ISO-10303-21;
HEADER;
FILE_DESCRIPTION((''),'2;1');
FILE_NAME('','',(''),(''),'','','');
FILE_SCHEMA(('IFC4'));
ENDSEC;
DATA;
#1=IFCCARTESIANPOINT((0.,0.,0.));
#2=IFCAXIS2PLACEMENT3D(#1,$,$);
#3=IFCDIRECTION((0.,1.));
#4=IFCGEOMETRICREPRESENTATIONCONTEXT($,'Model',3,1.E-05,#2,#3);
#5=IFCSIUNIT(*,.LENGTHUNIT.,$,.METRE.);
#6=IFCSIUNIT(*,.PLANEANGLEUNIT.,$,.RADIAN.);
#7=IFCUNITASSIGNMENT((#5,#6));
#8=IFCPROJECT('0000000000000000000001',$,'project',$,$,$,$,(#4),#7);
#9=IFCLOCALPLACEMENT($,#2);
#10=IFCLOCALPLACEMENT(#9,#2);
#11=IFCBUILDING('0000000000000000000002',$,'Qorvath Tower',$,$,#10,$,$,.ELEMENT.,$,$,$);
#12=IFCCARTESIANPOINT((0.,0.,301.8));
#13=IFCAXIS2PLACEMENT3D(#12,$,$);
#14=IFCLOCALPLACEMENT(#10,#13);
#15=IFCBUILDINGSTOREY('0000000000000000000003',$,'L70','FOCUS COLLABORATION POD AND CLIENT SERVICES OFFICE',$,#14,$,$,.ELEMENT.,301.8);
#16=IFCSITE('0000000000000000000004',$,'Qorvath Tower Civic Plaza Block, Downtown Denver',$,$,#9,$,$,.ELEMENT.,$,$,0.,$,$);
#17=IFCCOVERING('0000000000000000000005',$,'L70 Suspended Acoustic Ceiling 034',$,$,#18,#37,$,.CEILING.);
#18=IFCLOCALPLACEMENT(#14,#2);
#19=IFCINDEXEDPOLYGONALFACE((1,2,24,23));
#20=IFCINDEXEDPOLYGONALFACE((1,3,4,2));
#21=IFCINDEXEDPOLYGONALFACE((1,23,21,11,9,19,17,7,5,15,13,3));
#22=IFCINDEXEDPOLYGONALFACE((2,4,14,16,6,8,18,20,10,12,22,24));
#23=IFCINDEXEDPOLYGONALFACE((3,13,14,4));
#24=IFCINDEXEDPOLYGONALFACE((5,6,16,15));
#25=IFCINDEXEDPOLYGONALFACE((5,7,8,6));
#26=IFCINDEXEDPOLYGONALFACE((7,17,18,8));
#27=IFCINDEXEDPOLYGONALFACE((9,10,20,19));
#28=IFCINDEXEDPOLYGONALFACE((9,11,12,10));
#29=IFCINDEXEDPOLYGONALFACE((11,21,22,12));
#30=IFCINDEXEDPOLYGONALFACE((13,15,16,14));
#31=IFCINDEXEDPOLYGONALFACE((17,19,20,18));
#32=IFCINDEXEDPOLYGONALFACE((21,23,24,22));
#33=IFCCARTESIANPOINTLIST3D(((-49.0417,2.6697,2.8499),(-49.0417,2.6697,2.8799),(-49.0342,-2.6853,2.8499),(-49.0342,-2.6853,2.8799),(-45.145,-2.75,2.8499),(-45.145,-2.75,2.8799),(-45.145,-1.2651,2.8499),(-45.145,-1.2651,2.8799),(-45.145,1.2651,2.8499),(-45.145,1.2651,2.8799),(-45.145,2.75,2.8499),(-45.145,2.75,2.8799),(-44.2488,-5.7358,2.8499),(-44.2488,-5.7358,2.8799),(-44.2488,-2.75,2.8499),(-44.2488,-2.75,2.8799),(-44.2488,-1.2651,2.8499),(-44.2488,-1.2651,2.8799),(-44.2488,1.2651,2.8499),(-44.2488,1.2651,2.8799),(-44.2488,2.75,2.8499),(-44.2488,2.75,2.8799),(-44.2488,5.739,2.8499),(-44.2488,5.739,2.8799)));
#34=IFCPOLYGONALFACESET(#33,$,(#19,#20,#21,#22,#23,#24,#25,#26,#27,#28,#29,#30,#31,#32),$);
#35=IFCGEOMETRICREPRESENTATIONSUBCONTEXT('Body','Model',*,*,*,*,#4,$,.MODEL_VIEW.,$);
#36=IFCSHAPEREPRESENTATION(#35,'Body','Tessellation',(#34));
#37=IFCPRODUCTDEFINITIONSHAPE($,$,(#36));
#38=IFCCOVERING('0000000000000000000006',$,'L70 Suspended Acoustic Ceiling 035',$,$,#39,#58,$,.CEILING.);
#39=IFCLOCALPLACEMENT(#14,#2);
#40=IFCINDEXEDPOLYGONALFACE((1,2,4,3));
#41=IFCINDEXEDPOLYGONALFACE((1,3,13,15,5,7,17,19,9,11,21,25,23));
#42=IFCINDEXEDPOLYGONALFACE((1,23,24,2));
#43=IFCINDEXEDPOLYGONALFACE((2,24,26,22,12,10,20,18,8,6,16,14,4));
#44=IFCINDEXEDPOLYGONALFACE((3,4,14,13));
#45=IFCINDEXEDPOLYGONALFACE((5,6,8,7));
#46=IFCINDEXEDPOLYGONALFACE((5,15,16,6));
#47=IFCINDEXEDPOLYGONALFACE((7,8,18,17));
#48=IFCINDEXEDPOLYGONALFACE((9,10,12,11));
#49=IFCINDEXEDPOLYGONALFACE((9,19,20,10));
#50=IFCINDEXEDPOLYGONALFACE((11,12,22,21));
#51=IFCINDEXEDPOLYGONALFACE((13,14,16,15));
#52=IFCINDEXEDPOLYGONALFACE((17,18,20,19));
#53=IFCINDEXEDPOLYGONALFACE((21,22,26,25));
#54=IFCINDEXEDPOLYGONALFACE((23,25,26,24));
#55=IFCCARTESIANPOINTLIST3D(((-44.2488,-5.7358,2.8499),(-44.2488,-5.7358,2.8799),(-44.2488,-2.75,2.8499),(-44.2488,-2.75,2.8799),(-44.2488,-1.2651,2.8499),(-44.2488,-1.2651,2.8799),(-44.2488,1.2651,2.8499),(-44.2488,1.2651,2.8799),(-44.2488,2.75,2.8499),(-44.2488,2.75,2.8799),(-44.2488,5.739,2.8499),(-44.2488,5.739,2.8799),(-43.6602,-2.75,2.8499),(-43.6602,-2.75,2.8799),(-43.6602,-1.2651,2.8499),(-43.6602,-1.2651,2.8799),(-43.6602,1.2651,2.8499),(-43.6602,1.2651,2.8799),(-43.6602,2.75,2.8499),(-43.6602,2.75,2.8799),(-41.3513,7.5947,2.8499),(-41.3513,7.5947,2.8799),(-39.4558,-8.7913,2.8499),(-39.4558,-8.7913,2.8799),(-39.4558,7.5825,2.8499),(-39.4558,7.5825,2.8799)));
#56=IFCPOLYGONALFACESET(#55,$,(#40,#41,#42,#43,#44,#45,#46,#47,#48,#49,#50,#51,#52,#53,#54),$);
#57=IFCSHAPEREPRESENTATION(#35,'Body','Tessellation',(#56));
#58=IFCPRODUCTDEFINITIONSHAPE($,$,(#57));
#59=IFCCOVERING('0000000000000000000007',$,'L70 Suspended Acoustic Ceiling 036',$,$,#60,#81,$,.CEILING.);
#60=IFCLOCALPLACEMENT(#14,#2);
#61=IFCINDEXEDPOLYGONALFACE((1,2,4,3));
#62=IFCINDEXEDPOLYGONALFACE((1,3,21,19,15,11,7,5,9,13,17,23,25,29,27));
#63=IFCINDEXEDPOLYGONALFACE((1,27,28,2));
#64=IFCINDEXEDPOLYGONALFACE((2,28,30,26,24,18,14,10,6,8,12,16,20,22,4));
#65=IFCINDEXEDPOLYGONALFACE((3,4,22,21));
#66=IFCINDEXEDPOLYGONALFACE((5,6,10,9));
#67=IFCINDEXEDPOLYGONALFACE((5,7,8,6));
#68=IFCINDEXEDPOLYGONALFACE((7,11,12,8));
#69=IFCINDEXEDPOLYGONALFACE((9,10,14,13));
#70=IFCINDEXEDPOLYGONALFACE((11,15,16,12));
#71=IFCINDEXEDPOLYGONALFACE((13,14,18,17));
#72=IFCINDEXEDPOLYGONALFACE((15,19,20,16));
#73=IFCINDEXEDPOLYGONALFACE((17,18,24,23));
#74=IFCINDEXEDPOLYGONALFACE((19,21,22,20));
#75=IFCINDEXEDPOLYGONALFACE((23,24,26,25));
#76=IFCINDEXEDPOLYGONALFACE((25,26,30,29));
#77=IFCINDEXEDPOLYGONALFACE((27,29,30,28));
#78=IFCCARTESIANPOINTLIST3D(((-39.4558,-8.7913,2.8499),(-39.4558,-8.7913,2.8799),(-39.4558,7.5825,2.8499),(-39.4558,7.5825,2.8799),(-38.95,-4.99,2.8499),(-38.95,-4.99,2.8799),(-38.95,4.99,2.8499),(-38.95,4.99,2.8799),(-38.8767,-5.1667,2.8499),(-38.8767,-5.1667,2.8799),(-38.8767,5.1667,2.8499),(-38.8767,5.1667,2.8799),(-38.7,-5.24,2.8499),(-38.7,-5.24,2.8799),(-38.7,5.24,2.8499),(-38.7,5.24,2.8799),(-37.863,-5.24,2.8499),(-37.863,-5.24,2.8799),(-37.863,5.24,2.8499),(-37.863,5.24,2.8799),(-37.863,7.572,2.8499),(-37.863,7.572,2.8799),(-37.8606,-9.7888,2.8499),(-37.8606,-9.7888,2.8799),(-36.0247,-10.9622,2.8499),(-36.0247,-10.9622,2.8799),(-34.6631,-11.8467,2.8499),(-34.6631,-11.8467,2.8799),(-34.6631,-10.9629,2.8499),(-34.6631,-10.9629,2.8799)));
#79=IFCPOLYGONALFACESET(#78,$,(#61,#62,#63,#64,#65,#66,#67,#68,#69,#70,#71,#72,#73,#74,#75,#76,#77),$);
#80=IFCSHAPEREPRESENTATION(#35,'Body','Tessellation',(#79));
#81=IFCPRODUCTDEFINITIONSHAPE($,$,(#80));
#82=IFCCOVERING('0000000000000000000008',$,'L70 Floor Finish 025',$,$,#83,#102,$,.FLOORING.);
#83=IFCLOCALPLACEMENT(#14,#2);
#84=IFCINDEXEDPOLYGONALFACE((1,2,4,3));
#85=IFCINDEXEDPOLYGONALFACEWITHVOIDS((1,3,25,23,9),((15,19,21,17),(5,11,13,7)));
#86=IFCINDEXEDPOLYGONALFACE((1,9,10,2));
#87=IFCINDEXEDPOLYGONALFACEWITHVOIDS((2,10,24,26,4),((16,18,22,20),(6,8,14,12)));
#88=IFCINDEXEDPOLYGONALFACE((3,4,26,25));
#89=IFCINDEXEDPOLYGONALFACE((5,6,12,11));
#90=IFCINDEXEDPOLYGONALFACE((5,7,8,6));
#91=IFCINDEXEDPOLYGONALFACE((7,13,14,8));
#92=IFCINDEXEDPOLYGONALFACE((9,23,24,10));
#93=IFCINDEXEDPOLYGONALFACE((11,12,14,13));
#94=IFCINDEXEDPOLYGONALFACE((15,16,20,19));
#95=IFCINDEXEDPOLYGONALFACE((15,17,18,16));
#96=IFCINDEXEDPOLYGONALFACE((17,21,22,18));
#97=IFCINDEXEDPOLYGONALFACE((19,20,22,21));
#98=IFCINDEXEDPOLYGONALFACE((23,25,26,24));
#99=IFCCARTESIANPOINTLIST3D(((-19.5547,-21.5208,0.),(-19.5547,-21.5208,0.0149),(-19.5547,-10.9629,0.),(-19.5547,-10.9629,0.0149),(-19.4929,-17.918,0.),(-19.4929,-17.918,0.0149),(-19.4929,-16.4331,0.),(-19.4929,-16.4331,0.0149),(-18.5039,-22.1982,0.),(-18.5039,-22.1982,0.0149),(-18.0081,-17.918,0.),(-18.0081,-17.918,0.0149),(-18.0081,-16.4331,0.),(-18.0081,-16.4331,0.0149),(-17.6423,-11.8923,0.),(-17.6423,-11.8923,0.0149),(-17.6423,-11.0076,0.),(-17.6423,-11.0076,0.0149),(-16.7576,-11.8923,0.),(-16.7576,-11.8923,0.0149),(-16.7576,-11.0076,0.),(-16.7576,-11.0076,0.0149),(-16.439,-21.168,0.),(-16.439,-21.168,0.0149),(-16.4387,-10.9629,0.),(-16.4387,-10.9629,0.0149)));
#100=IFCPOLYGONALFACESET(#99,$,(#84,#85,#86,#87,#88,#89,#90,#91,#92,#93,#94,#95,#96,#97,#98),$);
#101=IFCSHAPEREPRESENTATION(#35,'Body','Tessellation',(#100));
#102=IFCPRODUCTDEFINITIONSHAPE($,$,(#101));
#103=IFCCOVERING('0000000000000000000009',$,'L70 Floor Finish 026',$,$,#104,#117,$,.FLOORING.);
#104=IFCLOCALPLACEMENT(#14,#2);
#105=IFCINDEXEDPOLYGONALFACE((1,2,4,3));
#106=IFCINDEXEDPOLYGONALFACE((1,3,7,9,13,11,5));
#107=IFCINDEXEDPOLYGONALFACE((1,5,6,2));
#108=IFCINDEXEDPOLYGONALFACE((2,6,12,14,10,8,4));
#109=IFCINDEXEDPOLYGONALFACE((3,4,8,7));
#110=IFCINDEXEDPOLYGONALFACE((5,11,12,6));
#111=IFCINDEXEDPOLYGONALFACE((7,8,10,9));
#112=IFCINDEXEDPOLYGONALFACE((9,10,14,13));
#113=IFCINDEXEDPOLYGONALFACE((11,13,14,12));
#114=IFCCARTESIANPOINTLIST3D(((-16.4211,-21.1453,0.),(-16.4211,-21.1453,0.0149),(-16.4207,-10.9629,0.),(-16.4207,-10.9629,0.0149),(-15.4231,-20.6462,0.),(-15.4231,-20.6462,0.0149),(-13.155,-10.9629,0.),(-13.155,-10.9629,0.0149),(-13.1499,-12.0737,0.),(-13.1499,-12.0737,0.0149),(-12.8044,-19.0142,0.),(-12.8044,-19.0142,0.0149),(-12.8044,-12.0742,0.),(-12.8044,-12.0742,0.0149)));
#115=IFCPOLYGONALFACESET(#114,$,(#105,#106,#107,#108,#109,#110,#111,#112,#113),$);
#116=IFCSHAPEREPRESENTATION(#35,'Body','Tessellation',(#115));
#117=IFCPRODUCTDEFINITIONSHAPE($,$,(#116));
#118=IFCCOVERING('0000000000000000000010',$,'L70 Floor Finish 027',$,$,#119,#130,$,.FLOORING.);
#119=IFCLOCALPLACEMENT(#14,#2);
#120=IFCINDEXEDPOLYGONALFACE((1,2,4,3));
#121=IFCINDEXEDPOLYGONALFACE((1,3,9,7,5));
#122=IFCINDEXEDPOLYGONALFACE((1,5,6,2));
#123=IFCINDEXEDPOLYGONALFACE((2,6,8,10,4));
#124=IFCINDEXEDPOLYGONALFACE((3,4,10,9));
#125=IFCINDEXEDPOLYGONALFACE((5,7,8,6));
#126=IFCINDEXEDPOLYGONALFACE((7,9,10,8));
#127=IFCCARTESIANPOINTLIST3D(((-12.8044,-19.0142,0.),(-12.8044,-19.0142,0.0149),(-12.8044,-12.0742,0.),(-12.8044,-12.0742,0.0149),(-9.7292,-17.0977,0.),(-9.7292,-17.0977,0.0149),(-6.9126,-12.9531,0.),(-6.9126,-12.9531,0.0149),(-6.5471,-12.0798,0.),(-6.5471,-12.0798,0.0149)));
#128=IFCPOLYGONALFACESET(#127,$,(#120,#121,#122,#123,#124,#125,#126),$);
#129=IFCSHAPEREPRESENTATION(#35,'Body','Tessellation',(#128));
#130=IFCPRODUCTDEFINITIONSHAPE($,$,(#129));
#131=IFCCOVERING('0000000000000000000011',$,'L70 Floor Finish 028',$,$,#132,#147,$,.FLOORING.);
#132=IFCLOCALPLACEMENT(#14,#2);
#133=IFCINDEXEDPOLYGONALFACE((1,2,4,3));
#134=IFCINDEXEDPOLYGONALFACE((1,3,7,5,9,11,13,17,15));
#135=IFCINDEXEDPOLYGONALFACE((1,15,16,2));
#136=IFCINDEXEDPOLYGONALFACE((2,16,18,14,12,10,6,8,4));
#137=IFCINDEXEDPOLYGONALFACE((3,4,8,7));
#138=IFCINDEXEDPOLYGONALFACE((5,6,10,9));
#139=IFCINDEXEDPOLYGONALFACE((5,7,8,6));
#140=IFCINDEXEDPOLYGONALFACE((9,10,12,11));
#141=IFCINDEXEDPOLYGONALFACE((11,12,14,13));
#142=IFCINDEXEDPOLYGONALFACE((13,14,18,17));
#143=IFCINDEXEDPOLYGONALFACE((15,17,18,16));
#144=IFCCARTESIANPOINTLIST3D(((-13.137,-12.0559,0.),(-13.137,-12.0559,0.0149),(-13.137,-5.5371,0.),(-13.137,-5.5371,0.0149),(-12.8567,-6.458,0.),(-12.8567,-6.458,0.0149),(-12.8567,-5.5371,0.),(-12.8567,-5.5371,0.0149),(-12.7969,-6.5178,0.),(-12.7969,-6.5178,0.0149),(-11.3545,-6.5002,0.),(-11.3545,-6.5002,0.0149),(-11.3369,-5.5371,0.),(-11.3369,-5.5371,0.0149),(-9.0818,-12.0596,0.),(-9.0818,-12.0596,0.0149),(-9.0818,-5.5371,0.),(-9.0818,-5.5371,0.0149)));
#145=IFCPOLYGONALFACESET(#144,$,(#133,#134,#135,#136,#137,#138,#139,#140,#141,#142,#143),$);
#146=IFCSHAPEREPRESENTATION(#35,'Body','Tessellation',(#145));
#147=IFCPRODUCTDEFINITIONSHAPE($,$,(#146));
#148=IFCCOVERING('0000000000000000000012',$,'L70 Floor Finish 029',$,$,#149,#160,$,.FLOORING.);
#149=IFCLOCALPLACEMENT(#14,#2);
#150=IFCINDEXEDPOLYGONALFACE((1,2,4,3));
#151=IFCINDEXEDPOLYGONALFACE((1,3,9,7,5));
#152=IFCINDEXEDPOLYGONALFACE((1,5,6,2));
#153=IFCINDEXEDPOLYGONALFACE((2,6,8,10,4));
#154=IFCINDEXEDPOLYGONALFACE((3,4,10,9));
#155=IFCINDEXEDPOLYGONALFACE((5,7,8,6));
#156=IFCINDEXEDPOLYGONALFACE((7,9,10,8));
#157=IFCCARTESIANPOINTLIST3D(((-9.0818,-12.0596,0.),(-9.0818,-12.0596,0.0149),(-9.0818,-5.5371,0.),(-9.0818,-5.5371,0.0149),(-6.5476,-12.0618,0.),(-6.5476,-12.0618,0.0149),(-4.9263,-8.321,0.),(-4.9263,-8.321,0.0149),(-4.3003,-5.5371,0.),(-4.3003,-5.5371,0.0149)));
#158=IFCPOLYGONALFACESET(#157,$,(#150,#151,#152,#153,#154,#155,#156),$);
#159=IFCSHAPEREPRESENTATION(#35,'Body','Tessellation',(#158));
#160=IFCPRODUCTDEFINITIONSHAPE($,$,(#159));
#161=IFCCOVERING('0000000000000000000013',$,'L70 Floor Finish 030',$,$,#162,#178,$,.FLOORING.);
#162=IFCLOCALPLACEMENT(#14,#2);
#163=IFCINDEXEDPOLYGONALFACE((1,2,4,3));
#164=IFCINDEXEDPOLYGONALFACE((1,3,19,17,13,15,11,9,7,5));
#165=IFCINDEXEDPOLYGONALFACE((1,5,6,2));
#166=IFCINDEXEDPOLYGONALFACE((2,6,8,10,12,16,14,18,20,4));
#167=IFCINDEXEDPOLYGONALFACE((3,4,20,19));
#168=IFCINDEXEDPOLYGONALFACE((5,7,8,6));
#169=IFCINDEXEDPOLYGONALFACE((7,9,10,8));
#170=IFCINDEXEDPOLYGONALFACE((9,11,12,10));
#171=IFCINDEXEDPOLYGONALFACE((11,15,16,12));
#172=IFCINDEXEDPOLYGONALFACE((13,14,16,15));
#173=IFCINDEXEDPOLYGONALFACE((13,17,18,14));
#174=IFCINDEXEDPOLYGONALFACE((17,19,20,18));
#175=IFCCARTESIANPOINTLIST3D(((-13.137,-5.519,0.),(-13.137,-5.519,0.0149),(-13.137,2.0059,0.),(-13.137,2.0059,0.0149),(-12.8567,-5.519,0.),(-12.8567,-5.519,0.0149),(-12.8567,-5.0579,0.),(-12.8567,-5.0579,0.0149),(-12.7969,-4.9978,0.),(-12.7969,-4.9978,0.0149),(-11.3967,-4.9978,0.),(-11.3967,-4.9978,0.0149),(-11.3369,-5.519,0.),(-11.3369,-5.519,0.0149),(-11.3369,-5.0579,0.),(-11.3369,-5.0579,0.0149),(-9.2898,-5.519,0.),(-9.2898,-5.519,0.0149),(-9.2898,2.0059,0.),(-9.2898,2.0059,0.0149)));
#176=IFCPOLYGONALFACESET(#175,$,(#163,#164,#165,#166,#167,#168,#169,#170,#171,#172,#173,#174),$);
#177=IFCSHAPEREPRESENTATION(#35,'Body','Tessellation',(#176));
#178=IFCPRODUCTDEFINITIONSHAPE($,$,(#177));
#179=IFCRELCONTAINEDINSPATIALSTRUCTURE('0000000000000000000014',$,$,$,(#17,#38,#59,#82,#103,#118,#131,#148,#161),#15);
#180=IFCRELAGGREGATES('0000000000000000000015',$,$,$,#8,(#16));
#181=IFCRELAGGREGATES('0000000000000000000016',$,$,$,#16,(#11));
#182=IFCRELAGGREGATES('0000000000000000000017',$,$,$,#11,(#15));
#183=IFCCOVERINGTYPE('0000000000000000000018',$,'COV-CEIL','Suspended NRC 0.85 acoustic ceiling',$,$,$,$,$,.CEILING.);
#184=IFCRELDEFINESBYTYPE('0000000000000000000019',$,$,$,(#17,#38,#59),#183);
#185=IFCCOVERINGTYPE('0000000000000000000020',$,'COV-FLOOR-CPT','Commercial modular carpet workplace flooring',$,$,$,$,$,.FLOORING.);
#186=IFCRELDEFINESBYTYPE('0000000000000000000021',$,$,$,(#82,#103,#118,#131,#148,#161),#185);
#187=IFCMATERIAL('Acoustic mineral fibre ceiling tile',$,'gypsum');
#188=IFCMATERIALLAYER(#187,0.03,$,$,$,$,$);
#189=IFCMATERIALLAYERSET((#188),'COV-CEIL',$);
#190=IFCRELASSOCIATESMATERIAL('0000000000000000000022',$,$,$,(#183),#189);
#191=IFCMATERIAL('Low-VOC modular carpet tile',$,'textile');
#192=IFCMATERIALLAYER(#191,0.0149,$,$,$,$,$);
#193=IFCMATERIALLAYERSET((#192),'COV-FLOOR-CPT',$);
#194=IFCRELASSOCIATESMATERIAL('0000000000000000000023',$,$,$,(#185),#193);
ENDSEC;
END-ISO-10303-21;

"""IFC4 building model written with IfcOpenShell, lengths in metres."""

from ifc_helpers import new_model, si_unit, direction, frame, origin, place, context, subcontext, project, spatial, polyline, outline, extrude, material, layer, layer_set, type_object, element, save


model = new_model("IFC4")

# Units and contexts
model_context = context("Model", 3, precision=1e-05, world=origin(), true_north=direction((0.0, 1.0)))
body_context = subcontext(model_context, "Body", "Model", "MODEL_VIEW")
ifc_project = project(units=[si_unit("LENGTHUNIT", "METRE"), si_unit("PLANEANGLEUNIT", "RADIAN")], contexts=[model_context])

# Site, building, storey
site_placement = place(None, origin())
site = spatial("IfcSite", under=ifc_project, at=site_placement, Name="Qorvath Tower Civic Plaza Block, Downtown Denver", CompositionType="ELEMENT", RefElevation=0.0)
building_placement = place(site_placement, origin())
building = spatial("IfcBuilding", under=site, at=building_placement, Name="Qorvath Tower", CompositionType="ELEMENT")
storey_placement = place(building_placement, frame((0.0, 0.0, 301.8)))
storey = spatial("IfcBuildingStorey", under=building, at=storey_placement, Name="L70", Description="FOCUS COLLABORATION POD AND CLIENT SERVICES OFFICE", CompositionType="ELEMENT", Elevation=301.8)

# Coverings
ifc_material_1 = material(Name="Acoustic mineral fibre ceiling tile", Category="gypsum")
ifc_layer_1 = layer(ifc_material_1, 0.03)
ifc_layer_set_1 = layer_set([ifc_layer_1], Name="COV-CEIL")
covering_type_1 = type_object("IfcCoveringType", Name="COV-CEIL", Description="Suspended NRC 0.85 acoustic ceiling", PredefinedType="CEILING", material=ifc_layer_set_1)
covering_1_placement = place(storey_placement, frame((0.0, 0.0, 2.8499)))
element("IfcCovering", 1, at=covering_1_placement, inside=storey, type_object=covering_type_1, Name="L70 Suspended Acoustic Ceiling 034", PredefinedType="CEILING", context=body_context, shape_type="SweptSolid", body=[
    extrude(outline(polyline([(-49.0417, 2.6697), (-49.0342, -2.6853), (-44.2488, -5.7358), (-44.2488, -2.75), (-45.145, -2.75), (-45.145, -1.2651), (-44.2488, -1.2651), (-44.2488, 1.2651), (-45.145, 1.2651), (-45.145, 2.75), (-44.2488, 2.75), (-44.2488, 5.739), (-49.0417, 2.6697)])), origin(), (0.0, 0.0, 1.0), 0.03),
])
covering_2_placement = place(storey_placement, frame((0.0, 0.0, 2.8499)))
element("IfcCovering", 2, at=covering_2_placement, inside=storey, type_object=covering_type_1, Name="L70 Suspended Acoustic Ceiling 035", PredefinedType="CEILING", context=body_context, shape_type="SweptSolid", body=[
    extrude(outline(polyline([(-44.2488, 5.739), (-44.2488, 2.75), (-43.6602, 2.75), (-43.6602, 1.2651), (-44.2488, 1.2651), (-44.2488, -1.2651), (-43.6602, -1.2651), (-43.6602, -2.75), (-44.2488, -2.75), (-44.2488, -5.7358), (-39.4558, -8.7913), (-39.4558, 7.5825), (-41.3513, 7.5947), (-44.2488, 5.739)])), origin(), (0.0, 0.0, 1.0), 0.03),
])
covering_3_placement = place(storey_placement, frame((0.0, 0.0, 2.8499)))
element("IfcCovering", 3, at=covering_3_placement, inside=storey, type_object=covering_type_1, Name="L70 Suspended Acoustic Ceiling 036", PredefinedType="CEILING", context=body_context, shape_type="SweptSolid", body=[
    extrude(outline(polyline([(-39.4558, 7.5825), (-39.4558, -8.7913), (-34.6631, -11.8467), (-34.6631, -10.9629), (-36.0247, -10.9622), (-37.8606, -9.7888), (-37.863, -5.24), (-38.7, -5.24), (-38.8767, -5.1667), (-38.95, -4.99), (-38.95, 4.99), (-38.8767, 5.1667), (-38.7, 5.24), (-37.863, 5.24), (-37.863, 7.572), (-39.4558, 7.5825)])), origin(), (0.0, 0.0, 1.0), 0.03),
])
ifc_material_2 = material(Name="Low-VOC modular carpet tile", Category="textile")
ifc_layer_2 = layer(ifc_material_2, 0.0149)
ifc_layer_set_2 = layer_set([ifc_layer_2], Name="COV-FLOOR-CPT")
covering_type_2 = type_object("IfcCoveringType", Name="COV-FLOOR-CPT", Description="Commercial modular carpet workplace flooring", PredefinedType="FLOORING", material=ifc_layer_set_2)
covering_4_placement = place(storey_placement, origin())
element("IfcCovering", 4, at=covering_4_placement, inside=storey, type_object=covering_type_2, Name="L70 Floor Finish 025", PredefinedType="FLOORING", context=body_context, shape_type="SweptSolid", body=[
    extrude(outline(polyline([(-19.5547, -10.9629), (-19.5547, -21.5208), (-18.5039, -22.1982), (-16.439, -21.168), (-16.4387, -10.9629), (-19.5547, -10.9629)]), holes=[polyline([(-17.6423, -11.8923), (-17.6423, -11.0076), (-16.7576, -11.0076), (-16.7576, -11.8923), (-17.6423, -11.8923)]), polyline([(-19.4929, -17.918), (-19.4929, -16.4331), (-18.0081, -16.4331), (-18.0081, -17.918), (-19.4929, -17.918)])]), origin(), (0.0, 0.0, 1.0), 0.0149),
])
covering_5_placement = place(storey_placement, origin())
element("IfcCovering", 5, at=covering_5_placement, inside=storey, type_object=covering_type_2, Name="L70 Floor Finish 026", PredefinedType="FLOORING", context=body_context, shape_type="SweptSolid", body=[
    extrude(outline(polyline([(-13.155, -10.9629), (-16.4207, -10.9629), (-16.4211, -21.1453), (-15.4231, -20.6462), (-12.8044, -19.0142), (-12.8044, -12.0742), (-13.1499, -12.0737), (-13.155, -10.9629)])), origin(), (0.0, 0.0, 1.0), 0.0149),
])
covering_6_placement = place(storey_placement, origin())
element("IfcCovering", 6, at=covering_6_placement, inside=storey, type_object=covering_type_2, Name="L70 Floor Finish 027", PredefinedType="FLOORING", context=body_context, shape_type="SweptSolid", body=[
    extrude(outline(polyline([(-12.8044, -12.0742), (-12.8044, -19.0142), (-9.7292, -17.0977), (-6.9126, -12.9531), (-6.5471, -12.0798), (-12.8044, -12.0742)])), origin(), (0.0, 0.0, 1.0), 0.0149),
])
covering_7_placement = place(storey_placement, origin())
element("IfcCovering", 7, at=covering_7_placement, inside=storey, type_object=covering_type_2, Name="L70 Floor Finish 028", PredefinedType="FLOORING", context=body_context, shape_type="SweptSolid", body=[
    extrude(outline(polyline([(-13.137, -5.5371), (-13.137, -12.0559), (-9.0818, -12.0596), (-9.0818, -5.5371), (-11.3369, -5.5371), (-11.3545, -6.5002), (-12.7969, -6.5178), (-12.8567, -6.458), (-12.8567, -5.5371), (-13.137, -5.5371)])), origin(), (0.0, 0.0, 1.0), 0.0149),
])
covering_8_placement = place(storey_placement, origin())
element("IfcCovering", 8, at=covering_8_placement, inside=storey, type_object=covering_type_2, Name="L70 Floor Finish 029", PredefinedType="FLOORING", context=body_context, shape_type="SweptSolid", body=[
    extrude(outline(polyline([(-9.0818, -5.5371), (-9.0818, -12.0596), (-6.5476, -12.0618), (-4.9263, -8.321), (-4.3003, -5.5371), (-9.0818, -5.5371)])), origin(), (0.0, 0.0, 1.0), 0.0149),
])
covering_9_placement = place(storey_placement, origin())
element("IfcCovering", 9, at=covering_9_placement, inside=storey, type_object=covering_type_2, Name="L70 Floor Finish 030", PredefinedType="FLOORING", context=body_context, shape_type="SweptSolid", body=[
    extrude(outline(polyline([(-9.2898, -5.519), (-9.2898, 2.0059), (-13.137, 2.0059), (-13.137, -5.519), (-12.8567, -5.519), (-12.8567, -5.0579), (-12.7969, -4.9978), (-11.3967, -4.9978), (-11.3369, -5.0579), (-11.3369, -5.519), (-9.2898, -5.519)])), origin(), (0.0, 0.0, 1.0), 0.0149),
])

save(model, "model.ifc")
